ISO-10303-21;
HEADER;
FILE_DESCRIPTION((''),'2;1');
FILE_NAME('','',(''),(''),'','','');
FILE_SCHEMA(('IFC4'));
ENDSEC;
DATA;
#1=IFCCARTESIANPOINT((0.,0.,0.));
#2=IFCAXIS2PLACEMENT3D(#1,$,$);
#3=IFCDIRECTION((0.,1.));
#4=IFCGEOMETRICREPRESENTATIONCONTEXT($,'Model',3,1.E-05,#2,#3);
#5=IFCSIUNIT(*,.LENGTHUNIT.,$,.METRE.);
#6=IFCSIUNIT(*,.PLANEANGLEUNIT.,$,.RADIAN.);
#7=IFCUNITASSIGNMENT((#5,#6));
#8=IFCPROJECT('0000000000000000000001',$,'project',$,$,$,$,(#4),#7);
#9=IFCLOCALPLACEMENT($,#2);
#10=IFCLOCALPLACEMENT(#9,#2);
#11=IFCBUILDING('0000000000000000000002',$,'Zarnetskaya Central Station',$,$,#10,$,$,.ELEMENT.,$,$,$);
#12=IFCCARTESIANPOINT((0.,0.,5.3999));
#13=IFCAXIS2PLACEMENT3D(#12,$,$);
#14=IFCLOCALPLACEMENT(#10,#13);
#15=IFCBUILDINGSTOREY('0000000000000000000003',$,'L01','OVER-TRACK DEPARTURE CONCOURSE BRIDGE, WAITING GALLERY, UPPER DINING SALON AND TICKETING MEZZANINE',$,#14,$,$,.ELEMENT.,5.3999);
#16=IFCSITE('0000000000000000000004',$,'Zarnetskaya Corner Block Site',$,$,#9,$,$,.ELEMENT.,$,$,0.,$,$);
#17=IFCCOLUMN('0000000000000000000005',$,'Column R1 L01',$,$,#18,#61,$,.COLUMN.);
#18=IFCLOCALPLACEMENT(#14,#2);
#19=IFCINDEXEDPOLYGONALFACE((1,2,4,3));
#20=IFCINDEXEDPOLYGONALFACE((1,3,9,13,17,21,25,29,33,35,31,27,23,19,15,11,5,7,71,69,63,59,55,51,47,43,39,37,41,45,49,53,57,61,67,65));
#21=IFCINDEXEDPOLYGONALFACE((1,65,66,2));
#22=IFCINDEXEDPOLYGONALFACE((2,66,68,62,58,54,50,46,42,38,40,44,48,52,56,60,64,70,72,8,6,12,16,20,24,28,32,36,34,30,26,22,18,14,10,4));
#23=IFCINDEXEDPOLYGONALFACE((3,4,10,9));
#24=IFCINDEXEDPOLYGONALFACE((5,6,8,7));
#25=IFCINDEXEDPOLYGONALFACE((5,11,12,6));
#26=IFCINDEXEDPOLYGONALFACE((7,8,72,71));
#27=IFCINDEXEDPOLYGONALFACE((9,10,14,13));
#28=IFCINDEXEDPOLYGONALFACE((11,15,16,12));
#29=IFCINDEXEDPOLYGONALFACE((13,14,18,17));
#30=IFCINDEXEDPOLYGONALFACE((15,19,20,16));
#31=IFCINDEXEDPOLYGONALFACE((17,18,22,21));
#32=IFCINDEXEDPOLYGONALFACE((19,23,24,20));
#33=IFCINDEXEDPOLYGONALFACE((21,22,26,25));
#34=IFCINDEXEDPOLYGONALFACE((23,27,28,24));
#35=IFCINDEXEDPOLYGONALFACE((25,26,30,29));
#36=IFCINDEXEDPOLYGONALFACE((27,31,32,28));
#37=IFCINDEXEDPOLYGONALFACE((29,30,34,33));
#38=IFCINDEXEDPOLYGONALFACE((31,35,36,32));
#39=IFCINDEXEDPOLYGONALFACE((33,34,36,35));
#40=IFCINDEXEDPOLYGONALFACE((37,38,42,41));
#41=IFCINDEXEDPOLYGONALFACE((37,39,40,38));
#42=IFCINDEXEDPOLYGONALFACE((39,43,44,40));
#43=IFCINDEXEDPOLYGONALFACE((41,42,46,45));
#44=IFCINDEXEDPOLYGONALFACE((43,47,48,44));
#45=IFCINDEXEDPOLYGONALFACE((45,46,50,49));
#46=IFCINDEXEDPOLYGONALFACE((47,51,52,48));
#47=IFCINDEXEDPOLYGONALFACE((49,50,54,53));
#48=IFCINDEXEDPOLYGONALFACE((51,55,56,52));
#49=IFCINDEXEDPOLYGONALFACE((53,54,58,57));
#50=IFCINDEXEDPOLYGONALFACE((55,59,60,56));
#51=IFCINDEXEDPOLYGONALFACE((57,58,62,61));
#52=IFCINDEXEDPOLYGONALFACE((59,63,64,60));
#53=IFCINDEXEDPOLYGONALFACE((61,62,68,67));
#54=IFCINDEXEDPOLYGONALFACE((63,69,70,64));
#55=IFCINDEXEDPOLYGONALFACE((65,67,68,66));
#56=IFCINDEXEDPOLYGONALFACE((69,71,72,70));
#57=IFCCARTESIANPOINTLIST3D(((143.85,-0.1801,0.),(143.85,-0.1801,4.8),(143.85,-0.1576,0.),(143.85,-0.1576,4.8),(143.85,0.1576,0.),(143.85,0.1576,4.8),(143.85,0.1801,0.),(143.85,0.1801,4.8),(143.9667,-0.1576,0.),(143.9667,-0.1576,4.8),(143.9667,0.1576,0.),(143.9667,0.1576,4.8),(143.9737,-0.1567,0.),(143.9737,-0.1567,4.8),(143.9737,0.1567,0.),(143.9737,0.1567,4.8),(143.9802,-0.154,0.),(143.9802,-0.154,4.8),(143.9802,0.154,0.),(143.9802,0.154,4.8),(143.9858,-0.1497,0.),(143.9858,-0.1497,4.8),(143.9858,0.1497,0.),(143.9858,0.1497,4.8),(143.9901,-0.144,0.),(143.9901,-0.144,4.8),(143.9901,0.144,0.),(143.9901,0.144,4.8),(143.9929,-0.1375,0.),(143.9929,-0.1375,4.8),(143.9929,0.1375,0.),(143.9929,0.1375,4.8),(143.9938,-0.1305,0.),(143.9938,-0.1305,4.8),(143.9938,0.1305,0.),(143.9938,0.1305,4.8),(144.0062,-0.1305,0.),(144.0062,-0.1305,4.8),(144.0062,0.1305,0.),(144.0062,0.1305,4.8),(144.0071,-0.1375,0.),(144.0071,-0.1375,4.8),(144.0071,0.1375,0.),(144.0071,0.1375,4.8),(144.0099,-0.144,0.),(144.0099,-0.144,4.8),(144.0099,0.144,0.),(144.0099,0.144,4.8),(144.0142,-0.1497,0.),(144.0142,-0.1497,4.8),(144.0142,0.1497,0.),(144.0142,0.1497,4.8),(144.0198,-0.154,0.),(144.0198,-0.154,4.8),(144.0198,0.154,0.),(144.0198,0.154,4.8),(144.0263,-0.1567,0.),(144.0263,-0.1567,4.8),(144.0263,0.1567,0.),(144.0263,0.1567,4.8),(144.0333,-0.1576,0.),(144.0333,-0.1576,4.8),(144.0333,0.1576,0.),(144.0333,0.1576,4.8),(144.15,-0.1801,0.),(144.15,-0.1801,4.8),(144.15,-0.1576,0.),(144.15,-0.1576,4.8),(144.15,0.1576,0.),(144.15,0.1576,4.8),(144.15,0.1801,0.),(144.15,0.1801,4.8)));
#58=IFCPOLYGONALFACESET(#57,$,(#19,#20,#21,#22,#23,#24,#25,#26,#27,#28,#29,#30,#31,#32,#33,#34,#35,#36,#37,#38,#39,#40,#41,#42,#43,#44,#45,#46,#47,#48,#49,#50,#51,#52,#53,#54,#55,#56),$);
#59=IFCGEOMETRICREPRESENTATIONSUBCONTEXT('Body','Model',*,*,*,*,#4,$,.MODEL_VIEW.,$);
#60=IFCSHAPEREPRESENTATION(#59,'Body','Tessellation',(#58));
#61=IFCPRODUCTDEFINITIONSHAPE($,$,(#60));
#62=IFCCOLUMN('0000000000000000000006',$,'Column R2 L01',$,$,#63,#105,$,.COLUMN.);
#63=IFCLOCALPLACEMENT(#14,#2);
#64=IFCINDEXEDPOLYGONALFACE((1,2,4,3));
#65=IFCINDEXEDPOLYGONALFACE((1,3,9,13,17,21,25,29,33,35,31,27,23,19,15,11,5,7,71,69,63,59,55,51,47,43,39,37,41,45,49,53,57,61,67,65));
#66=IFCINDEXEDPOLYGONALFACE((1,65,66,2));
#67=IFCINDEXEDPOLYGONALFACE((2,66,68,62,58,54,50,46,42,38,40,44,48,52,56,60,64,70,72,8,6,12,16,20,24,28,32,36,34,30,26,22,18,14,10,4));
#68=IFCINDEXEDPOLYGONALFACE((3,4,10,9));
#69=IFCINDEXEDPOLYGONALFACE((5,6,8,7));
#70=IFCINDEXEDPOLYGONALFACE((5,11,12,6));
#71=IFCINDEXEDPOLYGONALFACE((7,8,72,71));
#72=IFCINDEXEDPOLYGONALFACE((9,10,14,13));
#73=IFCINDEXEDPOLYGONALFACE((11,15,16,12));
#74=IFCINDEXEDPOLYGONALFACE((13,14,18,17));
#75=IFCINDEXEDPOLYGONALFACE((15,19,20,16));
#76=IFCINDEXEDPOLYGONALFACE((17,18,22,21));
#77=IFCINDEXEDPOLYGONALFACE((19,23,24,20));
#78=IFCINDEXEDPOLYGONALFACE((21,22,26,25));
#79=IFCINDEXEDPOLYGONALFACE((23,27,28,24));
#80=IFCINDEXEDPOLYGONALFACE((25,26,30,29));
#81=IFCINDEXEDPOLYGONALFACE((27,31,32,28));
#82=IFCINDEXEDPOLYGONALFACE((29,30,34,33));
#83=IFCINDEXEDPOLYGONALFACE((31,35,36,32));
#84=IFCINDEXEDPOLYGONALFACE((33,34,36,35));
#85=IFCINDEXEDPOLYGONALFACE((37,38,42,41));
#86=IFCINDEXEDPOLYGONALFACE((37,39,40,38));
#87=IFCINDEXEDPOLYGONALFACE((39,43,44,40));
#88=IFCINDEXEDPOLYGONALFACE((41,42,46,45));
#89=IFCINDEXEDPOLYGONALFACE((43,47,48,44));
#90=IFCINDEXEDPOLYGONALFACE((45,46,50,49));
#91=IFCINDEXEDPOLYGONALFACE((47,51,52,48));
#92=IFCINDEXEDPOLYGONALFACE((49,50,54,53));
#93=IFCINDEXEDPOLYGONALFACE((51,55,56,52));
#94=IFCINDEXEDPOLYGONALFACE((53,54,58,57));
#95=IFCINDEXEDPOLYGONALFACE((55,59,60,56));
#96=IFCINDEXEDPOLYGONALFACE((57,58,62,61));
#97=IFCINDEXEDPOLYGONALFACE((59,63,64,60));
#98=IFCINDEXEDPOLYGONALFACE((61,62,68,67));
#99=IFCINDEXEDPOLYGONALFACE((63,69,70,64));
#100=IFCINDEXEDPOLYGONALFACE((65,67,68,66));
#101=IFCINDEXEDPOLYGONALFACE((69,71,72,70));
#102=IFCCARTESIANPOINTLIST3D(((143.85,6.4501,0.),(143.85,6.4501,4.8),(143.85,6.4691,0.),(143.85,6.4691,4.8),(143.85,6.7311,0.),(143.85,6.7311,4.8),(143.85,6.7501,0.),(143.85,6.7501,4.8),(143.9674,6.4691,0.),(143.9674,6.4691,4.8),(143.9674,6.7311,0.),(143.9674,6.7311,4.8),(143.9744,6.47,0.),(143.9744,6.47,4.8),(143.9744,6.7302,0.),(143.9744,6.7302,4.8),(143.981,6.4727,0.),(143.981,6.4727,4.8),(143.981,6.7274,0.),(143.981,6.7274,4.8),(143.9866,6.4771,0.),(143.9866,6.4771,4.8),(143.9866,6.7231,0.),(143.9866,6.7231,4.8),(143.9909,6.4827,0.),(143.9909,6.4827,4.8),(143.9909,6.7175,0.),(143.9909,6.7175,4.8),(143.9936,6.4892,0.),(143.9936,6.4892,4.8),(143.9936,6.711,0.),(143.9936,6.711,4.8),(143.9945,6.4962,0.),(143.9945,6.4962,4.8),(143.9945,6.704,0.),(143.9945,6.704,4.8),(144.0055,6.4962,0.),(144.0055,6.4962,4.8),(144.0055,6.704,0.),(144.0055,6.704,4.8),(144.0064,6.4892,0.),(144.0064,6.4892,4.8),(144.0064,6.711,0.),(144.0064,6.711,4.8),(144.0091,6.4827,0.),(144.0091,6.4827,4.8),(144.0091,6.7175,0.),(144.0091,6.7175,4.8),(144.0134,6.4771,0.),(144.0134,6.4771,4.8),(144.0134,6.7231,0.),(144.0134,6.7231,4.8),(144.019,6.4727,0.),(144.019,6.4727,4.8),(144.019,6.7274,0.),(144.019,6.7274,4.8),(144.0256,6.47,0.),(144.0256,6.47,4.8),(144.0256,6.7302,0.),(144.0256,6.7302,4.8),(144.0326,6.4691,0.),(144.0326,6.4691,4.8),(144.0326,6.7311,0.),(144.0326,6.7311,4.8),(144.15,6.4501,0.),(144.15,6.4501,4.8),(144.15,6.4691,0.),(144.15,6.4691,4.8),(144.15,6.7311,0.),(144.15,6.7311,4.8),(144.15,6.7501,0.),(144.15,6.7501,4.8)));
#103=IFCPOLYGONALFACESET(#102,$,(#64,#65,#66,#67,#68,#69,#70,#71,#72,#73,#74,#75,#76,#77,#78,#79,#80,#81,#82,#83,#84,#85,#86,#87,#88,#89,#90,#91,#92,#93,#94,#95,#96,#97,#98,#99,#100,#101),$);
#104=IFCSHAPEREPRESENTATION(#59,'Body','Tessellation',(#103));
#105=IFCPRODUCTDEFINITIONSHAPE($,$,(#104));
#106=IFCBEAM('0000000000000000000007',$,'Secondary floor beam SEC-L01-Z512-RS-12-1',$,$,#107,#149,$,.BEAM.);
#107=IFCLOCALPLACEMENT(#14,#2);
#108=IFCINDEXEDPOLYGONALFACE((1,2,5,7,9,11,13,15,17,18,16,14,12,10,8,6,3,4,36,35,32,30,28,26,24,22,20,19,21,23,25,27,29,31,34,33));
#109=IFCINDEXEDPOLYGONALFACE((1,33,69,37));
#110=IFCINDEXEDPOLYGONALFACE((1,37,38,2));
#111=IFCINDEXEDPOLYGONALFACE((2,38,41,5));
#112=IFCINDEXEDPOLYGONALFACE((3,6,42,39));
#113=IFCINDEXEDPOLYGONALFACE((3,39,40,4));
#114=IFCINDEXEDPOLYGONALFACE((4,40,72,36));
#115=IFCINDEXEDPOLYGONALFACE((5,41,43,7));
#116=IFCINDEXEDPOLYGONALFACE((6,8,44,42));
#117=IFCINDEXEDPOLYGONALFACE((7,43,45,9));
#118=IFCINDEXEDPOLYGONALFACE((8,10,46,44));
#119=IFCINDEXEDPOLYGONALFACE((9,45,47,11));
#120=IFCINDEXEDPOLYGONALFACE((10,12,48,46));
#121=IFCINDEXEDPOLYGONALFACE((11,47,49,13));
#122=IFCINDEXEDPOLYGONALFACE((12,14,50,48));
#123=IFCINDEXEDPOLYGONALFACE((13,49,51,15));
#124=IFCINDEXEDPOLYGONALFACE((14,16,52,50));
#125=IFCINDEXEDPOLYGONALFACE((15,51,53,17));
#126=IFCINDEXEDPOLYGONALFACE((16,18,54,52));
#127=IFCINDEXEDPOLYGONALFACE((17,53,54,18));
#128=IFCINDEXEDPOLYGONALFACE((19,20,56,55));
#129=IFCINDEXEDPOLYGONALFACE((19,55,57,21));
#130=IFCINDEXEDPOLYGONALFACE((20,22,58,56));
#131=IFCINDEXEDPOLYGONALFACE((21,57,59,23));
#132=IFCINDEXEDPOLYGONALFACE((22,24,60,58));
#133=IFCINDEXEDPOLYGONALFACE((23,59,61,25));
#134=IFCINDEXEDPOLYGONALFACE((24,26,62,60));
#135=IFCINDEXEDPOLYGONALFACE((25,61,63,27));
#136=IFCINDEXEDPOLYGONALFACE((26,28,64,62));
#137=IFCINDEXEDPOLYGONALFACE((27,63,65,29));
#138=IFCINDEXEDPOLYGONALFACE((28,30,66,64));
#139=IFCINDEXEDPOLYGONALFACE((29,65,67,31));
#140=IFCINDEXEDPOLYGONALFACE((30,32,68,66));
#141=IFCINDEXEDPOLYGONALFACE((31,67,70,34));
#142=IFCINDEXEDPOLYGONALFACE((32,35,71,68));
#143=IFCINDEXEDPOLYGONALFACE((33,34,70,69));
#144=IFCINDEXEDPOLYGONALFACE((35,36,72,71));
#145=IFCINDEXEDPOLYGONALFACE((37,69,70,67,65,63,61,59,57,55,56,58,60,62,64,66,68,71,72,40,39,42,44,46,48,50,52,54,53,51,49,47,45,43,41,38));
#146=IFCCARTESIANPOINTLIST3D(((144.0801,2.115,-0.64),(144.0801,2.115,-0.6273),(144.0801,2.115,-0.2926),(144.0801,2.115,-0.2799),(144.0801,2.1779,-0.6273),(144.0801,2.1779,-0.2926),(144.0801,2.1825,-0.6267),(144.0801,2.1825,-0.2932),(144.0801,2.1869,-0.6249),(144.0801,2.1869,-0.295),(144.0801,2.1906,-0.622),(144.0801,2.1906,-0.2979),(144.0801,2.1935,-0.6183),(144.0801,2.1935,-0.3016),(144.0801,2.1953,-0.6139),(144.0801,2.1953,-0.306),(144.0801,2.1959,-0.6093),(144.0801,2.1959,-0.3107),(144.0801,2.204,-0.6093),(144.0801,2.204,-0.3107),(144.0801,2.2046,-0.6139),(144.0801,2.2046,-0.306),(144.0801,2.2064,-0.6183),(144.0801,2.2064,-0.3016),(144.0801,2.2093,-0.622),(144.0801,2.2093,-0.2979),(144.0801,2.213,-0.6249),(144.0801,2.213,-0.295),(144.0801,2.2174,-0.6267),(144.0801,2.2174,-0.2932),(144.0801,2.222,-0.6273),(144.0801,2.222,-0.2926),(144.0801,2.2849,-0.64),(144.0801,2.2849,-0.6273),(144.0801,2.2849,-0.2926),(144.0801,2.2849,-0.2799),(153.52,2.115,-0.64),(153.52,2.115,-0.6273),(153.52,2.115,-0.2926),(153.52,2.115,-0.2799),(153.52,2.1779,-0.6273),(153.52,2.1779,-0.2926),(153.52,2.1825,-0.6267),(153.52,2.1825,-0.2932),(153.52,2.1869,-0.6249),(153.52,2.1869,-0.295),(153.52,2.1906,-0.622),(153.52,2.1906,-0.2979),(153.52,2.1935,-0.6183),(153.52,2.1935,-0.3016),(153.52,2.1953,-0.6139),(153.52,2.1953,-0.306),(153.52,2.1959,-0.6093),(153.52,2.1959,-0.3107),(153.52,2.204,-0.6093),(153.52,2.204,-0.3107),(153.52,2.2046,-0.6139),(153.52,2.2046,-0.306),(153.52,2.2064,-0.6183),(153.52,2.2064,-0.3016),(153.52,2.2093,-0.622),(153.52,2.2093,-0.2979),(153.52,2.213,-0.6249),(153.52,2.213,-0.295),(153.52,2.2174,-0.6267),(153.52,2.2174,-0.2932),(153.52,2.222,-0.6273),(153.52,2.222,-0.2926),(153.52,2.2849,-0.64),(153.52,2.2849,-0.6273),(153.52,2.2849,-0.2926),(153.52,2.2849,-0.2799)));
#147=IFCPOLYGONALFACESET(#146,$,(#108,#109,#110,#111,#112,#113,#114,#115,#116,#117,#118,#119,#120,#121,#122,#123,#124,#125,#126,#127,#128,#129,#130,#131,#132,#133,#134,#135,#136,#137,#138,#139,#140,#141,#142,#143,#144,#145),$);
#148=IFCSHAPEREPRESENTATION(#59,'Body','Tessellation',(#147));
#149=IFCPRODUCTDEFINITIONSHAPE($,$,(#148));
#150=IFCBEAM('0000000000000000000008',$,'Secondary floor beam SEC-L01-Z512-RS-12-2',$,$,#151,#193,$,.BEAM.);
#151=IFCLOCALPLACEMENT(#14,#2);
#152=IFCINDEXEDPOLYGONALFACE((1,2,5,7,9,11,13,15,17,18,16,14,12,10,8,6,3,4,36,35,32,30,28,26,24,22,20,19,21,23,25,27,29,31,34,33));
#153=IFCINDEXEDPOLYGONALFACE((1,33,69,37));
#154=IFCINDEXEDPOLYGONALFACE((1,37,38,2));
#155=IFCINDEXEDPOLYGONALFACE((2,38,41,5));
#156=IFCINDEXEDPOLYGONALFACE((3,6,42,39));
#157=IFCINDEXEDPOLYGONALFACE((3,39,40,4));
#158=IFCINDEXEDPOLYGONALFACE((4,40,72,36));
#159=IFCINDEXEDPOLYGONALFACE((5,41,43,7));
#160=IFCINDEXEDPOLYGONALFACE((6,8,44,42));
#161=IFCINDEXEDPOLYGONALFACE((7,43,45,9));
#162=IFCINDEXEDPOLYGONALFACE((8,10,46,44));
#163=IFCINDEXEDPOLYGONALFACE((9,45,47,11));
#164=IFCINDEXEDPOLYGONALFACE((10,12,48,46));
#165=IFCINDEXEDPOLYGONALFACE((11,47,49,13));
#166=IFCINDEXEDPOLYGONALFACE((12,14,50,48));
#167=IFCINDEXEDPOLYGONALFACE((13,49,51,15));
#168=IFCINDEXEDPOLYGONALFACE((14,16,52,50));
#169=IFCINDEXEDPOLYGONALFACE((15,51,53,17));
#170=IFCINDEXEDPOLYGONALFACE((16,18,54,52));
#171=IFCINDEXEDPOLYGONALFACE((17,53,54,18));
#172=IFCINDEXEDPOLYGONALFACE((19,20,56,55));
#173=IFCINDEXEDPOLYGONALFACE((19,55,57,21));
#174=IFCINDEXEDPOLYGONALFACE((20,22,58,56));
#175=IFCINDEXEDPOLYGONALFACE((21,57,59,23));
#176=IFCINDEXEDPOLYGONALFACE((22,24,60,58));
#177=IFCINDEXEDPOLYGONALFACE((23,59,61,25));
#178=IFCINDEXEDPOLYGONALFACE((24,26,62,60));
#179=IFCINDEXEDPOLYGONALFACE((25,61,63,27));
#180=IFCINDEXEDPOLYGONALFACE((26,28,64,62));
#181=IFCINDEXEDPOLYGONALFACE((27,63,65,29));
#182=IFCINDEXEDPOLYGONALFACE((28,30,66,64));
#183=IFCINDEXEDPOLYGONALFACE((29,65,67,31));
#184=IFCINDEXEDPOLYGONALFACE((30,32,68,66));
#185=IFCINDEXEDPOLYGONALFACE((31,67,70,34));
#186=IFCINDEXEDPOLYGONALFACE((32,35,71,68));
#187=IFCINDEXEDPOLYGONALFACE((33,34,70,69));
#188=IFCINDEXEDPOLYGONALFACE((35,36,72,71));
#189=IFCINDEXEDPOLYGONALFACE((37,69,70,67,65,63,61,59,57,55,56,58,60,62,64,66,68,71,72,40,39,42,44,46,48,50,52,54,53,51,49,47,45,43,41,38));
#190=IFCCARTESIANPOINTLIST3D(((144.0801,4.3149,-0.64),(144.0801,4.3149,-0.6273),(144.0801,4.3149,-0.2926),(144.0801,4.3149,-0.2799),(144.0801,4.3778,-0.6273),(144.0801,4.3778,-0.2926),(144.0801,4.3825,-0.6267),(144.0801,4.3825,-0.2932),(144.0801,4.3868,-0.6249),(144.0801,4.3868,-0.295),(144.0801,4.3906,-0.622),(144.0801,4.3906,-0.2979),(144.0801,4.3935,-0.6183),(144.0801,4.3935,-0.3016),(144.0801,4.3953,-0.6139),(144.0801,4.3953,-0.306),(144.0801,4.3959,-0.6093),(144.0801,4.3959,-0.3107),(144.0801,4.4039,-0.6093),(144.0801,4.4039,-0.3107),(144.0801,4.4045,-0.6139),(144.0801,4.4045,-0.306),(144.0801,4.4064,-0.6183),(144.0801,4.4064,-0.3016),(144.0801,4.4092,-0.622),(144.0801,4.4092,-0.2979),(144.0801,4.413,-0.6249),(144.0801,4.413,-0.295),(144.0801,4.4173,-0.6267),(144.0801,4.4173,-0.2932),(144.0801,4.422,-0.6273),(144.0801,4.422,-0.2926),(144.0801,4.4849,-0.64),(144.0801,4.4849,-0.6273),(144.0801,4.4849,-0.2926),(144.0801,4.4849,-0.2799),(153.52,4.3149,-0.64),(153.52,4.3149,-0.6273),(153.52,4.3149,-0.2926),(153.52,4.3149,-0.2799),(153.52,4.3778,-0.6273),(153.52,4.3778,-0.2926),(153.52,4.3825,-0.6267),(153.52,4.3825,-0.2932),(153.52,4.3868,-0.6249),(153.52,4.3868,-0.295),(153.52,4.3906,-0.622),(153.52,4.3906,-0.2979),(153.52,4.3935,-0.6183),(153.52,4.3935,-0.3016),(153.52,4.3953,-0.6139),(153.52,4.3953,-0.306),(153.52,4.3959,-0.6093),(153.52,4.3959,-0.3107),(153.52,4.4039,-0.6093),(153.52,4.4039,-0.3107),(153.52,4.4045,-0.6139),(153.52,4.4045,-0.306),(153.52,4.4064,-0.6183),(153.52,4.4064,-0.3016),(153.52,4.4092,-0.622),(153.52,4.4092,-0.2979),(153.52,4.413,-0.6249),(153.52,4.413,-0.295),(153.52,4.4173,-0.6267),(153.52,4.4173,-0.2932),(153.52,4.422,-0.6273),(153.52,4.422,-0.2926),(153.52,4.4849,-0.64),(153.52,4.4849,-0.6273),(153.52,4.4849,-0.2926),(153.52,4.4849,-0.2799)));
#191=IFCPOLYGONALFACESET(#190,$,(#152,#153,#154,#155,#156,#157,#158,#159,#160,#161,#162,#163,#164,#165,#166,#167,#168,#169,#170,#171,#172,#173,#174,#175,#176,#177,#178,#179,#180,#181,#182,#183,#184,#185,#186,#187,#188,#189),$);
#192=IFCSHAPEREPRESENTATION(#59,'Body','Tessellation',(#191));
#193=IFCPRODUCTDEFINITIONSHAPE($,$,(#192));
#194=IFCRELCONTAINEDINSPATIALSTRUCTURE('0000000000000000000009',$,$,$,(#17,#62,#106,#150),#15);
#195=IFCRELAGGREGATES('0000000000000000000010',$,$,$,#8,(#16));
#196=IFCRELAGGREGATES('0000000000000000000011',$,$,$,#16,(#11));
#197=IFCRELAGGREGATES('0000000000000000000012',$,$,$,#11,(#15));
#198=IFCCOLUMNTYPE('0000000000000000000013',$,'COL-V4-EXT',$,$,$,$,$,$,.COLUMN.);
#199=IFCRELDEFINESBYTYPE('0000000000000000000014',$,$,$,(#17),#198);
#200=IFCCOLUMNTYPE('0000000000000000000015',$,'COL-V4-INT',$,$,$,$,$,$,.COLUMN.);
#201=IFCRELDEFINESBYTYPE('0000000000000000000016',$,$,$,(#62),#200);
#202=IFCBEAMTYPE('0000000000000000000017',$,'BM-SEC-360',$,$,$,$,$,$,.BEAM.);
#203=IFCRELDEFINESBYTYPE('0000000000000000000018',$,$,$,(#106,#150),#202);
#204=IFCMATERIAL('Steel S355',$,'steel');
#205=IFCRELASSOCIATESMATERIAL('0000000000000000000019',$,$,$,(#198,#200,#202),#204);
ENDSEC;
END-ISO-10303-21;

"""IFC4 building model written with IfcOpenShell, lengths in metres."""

from ifc_helpers import new_model, si_unit, direction, frame, origin, origin_2d, place, context, subcontext, project, spatial, i_section, extrude, material, material_profile, profile_set, type_object, element, save


model = new_model("IFC4")

# Units and contexts
model_context = context("Model", 3, precision=1e-05, world=origin(), true_north=direction((0.0, 1.0)))
body_context = subcontext(model_context, "Body", "Model", "MODEL_VIEW")
ifc_project = project(units=[si_unit("LENGTHUNIT", "METRE"), si_unit("PLANEANGLEUNIT", "RADIAN")], contexts=[model_context])

# Site, building, storey
site_placement = place(None, origin())
site = spatial("IfcSite", under=ifc_project, at=site_placement, Name="Zarnetskaya Corner Block Site", CompositionType="ELEMENT", RefElevation=0.0)
building_placement = place(site_placement, origin())
building = spatial("IfcBuilding", under=site, at=building_placement, Name="Zarnetskaya Central Station", CompositionType="ELEMENT")
storey_placement = place(building_placement, frame((0.0, 0.0, 5.3999)))
storey = spatial("IfcBuildingStorey", under=building, at=storey_placement, Name="L01", Description="OVER-TRACK DEPARTURE CONCOURSE BRIDGE, WAITING GALLERY, UPPER DINING SALON AND TICKETING MEZZANINE", CompositionType="ELEMENT", Elevation=5.3999)

# Columns
ifc_material_1 = material(Name="Steel S355", Category="steel")
ifc_material_profile_1 = material_profile(ifc_material_1, i_section(OverallWidth=0.3, OverallDepth=0.3601, WebThickness=0.0125, FlangeThickness=0.0225, FilletRadius=0.0271, at=origin_2d()), Name="HEB 360")
ifc_profile_set_1 = profile_set([ifc_material_profile_1], Name="Steel S355")
column_type_1 = type_object("IfcColumnType", Name="COL-V4-EXT", PredefinedType="COLUMN", material=ifc_profile_set_1)
column_1_placement = place(storey_placement, frame((144.0, 0.0, 0.0), z_axis=(0.0, 0.0, 1.0), x_axis=(1.0, 0.0, 0.0)))
element("IfcColumn", 1, at=column_1_placement, inside=storey, type_object=column_type_1, Name="Column R1 L01", PredefinedType="COLUMN", context=body_context, shape_type="SweptSolid", body=[
    extrude(i_section(OverallWidth=0.3, OverallDepth=0.3601, WebThickness=0.0125, FlangeThickness=0.0225, FilletRadius=0.0271, at=origin_2d()), origin(), (0.0, 0.0, 1.0), 4.8),
])
ifc_material_profile_2 = material_profile(ifc_material_1, i_section(OverallWidth=0.3, OverallDepth=0.3, WebThickness=0.011, FlangeThickness=0.019, FilletRadius=0.0271, at=origin_2d()), Name="HEB 300")
ifc_profile_set_2 = profile_set([ifc_material_profile_2], Name="Steel S355")
column_type_2 = type_object("IfcColumnType", Name="COL-V4-INT", PredefinedType="COLUMN", material=ifc_profile_set_2)
column_2_placement = place(storey_placement, frame((144.0, 6.6001, 0.0), z_axis=(0.0, 0.0, 1.0), x_axis=(1.0, 0.0, 0.0)))
element("IfcColumn", 2, at=column_2_placement, inside=storey, type_object=column_type_2, Name="Column R2 L01", PredefinedType="COLUMN", context=body_context, shape_type="SweptSolid", body=[
    extrude(i_section(OverallWidth=0.3, OverallDepth=0.3, WebThickness=0.011, FlangeThickness=0.019, FilletRadius=0.0271, at=origin_2d()), origin(), (0.0, 0.0, 1.0), 4.8),
])

# Beams
ifc_material_profile_3 = material_profile(ifc_material_1, i_section(OverallWidth=0.1699, OverallDepth=0.3601, WebThickness=0.0081, FlangeThickness=0.0127, FilletRadius=0.0181, at=origin_2d()), Name="IPE 360")
ifc_profile_set_3 = profile_set([ifc_material_profile_3], Name="Steel S355")
beam_type_1 = type_object("IfcBeamType", Name="BM-SEC-360", PredefinedType="BEAM", material=ifc_profile_set_3)
for number, where, z_axis, x_axis, name in (
    (3, (144.0801, 2.2, -0.46), (1.0, 0.0, 0.0), (0.0, 1.0, 0.0), "Secondary floor beam SEC-L01-Z512-RS-12-1"),
    (4, (144.0801, 4.3999, -0.46), (1.0, 0.0, 0.0), (0.0, 1.0, 0.0), "Secondary floor beam SEC-L01-Z512-RS-12-2"),
):
    element("IfcBeam", number, at=place(storey_placement, frame(where, z_axis=z_axis, x_axis=x_axis)), inside=storey, type_object=beam_type_1, Name=name, PredefinedType="BEAM", context=body_context, shape_type="SweptSolid", body=[
        extrude(i_section(OverallWidth=0.1699, OverallDepth=0.3601, WebThickness=0.0081, FlangeThickness=0.0127, FilletRadius=0.0181, at=origin_2d()), origin(), (0.0, 0.0, 1.0), 9.4399),
    ])

save(model, "model.ifc")
